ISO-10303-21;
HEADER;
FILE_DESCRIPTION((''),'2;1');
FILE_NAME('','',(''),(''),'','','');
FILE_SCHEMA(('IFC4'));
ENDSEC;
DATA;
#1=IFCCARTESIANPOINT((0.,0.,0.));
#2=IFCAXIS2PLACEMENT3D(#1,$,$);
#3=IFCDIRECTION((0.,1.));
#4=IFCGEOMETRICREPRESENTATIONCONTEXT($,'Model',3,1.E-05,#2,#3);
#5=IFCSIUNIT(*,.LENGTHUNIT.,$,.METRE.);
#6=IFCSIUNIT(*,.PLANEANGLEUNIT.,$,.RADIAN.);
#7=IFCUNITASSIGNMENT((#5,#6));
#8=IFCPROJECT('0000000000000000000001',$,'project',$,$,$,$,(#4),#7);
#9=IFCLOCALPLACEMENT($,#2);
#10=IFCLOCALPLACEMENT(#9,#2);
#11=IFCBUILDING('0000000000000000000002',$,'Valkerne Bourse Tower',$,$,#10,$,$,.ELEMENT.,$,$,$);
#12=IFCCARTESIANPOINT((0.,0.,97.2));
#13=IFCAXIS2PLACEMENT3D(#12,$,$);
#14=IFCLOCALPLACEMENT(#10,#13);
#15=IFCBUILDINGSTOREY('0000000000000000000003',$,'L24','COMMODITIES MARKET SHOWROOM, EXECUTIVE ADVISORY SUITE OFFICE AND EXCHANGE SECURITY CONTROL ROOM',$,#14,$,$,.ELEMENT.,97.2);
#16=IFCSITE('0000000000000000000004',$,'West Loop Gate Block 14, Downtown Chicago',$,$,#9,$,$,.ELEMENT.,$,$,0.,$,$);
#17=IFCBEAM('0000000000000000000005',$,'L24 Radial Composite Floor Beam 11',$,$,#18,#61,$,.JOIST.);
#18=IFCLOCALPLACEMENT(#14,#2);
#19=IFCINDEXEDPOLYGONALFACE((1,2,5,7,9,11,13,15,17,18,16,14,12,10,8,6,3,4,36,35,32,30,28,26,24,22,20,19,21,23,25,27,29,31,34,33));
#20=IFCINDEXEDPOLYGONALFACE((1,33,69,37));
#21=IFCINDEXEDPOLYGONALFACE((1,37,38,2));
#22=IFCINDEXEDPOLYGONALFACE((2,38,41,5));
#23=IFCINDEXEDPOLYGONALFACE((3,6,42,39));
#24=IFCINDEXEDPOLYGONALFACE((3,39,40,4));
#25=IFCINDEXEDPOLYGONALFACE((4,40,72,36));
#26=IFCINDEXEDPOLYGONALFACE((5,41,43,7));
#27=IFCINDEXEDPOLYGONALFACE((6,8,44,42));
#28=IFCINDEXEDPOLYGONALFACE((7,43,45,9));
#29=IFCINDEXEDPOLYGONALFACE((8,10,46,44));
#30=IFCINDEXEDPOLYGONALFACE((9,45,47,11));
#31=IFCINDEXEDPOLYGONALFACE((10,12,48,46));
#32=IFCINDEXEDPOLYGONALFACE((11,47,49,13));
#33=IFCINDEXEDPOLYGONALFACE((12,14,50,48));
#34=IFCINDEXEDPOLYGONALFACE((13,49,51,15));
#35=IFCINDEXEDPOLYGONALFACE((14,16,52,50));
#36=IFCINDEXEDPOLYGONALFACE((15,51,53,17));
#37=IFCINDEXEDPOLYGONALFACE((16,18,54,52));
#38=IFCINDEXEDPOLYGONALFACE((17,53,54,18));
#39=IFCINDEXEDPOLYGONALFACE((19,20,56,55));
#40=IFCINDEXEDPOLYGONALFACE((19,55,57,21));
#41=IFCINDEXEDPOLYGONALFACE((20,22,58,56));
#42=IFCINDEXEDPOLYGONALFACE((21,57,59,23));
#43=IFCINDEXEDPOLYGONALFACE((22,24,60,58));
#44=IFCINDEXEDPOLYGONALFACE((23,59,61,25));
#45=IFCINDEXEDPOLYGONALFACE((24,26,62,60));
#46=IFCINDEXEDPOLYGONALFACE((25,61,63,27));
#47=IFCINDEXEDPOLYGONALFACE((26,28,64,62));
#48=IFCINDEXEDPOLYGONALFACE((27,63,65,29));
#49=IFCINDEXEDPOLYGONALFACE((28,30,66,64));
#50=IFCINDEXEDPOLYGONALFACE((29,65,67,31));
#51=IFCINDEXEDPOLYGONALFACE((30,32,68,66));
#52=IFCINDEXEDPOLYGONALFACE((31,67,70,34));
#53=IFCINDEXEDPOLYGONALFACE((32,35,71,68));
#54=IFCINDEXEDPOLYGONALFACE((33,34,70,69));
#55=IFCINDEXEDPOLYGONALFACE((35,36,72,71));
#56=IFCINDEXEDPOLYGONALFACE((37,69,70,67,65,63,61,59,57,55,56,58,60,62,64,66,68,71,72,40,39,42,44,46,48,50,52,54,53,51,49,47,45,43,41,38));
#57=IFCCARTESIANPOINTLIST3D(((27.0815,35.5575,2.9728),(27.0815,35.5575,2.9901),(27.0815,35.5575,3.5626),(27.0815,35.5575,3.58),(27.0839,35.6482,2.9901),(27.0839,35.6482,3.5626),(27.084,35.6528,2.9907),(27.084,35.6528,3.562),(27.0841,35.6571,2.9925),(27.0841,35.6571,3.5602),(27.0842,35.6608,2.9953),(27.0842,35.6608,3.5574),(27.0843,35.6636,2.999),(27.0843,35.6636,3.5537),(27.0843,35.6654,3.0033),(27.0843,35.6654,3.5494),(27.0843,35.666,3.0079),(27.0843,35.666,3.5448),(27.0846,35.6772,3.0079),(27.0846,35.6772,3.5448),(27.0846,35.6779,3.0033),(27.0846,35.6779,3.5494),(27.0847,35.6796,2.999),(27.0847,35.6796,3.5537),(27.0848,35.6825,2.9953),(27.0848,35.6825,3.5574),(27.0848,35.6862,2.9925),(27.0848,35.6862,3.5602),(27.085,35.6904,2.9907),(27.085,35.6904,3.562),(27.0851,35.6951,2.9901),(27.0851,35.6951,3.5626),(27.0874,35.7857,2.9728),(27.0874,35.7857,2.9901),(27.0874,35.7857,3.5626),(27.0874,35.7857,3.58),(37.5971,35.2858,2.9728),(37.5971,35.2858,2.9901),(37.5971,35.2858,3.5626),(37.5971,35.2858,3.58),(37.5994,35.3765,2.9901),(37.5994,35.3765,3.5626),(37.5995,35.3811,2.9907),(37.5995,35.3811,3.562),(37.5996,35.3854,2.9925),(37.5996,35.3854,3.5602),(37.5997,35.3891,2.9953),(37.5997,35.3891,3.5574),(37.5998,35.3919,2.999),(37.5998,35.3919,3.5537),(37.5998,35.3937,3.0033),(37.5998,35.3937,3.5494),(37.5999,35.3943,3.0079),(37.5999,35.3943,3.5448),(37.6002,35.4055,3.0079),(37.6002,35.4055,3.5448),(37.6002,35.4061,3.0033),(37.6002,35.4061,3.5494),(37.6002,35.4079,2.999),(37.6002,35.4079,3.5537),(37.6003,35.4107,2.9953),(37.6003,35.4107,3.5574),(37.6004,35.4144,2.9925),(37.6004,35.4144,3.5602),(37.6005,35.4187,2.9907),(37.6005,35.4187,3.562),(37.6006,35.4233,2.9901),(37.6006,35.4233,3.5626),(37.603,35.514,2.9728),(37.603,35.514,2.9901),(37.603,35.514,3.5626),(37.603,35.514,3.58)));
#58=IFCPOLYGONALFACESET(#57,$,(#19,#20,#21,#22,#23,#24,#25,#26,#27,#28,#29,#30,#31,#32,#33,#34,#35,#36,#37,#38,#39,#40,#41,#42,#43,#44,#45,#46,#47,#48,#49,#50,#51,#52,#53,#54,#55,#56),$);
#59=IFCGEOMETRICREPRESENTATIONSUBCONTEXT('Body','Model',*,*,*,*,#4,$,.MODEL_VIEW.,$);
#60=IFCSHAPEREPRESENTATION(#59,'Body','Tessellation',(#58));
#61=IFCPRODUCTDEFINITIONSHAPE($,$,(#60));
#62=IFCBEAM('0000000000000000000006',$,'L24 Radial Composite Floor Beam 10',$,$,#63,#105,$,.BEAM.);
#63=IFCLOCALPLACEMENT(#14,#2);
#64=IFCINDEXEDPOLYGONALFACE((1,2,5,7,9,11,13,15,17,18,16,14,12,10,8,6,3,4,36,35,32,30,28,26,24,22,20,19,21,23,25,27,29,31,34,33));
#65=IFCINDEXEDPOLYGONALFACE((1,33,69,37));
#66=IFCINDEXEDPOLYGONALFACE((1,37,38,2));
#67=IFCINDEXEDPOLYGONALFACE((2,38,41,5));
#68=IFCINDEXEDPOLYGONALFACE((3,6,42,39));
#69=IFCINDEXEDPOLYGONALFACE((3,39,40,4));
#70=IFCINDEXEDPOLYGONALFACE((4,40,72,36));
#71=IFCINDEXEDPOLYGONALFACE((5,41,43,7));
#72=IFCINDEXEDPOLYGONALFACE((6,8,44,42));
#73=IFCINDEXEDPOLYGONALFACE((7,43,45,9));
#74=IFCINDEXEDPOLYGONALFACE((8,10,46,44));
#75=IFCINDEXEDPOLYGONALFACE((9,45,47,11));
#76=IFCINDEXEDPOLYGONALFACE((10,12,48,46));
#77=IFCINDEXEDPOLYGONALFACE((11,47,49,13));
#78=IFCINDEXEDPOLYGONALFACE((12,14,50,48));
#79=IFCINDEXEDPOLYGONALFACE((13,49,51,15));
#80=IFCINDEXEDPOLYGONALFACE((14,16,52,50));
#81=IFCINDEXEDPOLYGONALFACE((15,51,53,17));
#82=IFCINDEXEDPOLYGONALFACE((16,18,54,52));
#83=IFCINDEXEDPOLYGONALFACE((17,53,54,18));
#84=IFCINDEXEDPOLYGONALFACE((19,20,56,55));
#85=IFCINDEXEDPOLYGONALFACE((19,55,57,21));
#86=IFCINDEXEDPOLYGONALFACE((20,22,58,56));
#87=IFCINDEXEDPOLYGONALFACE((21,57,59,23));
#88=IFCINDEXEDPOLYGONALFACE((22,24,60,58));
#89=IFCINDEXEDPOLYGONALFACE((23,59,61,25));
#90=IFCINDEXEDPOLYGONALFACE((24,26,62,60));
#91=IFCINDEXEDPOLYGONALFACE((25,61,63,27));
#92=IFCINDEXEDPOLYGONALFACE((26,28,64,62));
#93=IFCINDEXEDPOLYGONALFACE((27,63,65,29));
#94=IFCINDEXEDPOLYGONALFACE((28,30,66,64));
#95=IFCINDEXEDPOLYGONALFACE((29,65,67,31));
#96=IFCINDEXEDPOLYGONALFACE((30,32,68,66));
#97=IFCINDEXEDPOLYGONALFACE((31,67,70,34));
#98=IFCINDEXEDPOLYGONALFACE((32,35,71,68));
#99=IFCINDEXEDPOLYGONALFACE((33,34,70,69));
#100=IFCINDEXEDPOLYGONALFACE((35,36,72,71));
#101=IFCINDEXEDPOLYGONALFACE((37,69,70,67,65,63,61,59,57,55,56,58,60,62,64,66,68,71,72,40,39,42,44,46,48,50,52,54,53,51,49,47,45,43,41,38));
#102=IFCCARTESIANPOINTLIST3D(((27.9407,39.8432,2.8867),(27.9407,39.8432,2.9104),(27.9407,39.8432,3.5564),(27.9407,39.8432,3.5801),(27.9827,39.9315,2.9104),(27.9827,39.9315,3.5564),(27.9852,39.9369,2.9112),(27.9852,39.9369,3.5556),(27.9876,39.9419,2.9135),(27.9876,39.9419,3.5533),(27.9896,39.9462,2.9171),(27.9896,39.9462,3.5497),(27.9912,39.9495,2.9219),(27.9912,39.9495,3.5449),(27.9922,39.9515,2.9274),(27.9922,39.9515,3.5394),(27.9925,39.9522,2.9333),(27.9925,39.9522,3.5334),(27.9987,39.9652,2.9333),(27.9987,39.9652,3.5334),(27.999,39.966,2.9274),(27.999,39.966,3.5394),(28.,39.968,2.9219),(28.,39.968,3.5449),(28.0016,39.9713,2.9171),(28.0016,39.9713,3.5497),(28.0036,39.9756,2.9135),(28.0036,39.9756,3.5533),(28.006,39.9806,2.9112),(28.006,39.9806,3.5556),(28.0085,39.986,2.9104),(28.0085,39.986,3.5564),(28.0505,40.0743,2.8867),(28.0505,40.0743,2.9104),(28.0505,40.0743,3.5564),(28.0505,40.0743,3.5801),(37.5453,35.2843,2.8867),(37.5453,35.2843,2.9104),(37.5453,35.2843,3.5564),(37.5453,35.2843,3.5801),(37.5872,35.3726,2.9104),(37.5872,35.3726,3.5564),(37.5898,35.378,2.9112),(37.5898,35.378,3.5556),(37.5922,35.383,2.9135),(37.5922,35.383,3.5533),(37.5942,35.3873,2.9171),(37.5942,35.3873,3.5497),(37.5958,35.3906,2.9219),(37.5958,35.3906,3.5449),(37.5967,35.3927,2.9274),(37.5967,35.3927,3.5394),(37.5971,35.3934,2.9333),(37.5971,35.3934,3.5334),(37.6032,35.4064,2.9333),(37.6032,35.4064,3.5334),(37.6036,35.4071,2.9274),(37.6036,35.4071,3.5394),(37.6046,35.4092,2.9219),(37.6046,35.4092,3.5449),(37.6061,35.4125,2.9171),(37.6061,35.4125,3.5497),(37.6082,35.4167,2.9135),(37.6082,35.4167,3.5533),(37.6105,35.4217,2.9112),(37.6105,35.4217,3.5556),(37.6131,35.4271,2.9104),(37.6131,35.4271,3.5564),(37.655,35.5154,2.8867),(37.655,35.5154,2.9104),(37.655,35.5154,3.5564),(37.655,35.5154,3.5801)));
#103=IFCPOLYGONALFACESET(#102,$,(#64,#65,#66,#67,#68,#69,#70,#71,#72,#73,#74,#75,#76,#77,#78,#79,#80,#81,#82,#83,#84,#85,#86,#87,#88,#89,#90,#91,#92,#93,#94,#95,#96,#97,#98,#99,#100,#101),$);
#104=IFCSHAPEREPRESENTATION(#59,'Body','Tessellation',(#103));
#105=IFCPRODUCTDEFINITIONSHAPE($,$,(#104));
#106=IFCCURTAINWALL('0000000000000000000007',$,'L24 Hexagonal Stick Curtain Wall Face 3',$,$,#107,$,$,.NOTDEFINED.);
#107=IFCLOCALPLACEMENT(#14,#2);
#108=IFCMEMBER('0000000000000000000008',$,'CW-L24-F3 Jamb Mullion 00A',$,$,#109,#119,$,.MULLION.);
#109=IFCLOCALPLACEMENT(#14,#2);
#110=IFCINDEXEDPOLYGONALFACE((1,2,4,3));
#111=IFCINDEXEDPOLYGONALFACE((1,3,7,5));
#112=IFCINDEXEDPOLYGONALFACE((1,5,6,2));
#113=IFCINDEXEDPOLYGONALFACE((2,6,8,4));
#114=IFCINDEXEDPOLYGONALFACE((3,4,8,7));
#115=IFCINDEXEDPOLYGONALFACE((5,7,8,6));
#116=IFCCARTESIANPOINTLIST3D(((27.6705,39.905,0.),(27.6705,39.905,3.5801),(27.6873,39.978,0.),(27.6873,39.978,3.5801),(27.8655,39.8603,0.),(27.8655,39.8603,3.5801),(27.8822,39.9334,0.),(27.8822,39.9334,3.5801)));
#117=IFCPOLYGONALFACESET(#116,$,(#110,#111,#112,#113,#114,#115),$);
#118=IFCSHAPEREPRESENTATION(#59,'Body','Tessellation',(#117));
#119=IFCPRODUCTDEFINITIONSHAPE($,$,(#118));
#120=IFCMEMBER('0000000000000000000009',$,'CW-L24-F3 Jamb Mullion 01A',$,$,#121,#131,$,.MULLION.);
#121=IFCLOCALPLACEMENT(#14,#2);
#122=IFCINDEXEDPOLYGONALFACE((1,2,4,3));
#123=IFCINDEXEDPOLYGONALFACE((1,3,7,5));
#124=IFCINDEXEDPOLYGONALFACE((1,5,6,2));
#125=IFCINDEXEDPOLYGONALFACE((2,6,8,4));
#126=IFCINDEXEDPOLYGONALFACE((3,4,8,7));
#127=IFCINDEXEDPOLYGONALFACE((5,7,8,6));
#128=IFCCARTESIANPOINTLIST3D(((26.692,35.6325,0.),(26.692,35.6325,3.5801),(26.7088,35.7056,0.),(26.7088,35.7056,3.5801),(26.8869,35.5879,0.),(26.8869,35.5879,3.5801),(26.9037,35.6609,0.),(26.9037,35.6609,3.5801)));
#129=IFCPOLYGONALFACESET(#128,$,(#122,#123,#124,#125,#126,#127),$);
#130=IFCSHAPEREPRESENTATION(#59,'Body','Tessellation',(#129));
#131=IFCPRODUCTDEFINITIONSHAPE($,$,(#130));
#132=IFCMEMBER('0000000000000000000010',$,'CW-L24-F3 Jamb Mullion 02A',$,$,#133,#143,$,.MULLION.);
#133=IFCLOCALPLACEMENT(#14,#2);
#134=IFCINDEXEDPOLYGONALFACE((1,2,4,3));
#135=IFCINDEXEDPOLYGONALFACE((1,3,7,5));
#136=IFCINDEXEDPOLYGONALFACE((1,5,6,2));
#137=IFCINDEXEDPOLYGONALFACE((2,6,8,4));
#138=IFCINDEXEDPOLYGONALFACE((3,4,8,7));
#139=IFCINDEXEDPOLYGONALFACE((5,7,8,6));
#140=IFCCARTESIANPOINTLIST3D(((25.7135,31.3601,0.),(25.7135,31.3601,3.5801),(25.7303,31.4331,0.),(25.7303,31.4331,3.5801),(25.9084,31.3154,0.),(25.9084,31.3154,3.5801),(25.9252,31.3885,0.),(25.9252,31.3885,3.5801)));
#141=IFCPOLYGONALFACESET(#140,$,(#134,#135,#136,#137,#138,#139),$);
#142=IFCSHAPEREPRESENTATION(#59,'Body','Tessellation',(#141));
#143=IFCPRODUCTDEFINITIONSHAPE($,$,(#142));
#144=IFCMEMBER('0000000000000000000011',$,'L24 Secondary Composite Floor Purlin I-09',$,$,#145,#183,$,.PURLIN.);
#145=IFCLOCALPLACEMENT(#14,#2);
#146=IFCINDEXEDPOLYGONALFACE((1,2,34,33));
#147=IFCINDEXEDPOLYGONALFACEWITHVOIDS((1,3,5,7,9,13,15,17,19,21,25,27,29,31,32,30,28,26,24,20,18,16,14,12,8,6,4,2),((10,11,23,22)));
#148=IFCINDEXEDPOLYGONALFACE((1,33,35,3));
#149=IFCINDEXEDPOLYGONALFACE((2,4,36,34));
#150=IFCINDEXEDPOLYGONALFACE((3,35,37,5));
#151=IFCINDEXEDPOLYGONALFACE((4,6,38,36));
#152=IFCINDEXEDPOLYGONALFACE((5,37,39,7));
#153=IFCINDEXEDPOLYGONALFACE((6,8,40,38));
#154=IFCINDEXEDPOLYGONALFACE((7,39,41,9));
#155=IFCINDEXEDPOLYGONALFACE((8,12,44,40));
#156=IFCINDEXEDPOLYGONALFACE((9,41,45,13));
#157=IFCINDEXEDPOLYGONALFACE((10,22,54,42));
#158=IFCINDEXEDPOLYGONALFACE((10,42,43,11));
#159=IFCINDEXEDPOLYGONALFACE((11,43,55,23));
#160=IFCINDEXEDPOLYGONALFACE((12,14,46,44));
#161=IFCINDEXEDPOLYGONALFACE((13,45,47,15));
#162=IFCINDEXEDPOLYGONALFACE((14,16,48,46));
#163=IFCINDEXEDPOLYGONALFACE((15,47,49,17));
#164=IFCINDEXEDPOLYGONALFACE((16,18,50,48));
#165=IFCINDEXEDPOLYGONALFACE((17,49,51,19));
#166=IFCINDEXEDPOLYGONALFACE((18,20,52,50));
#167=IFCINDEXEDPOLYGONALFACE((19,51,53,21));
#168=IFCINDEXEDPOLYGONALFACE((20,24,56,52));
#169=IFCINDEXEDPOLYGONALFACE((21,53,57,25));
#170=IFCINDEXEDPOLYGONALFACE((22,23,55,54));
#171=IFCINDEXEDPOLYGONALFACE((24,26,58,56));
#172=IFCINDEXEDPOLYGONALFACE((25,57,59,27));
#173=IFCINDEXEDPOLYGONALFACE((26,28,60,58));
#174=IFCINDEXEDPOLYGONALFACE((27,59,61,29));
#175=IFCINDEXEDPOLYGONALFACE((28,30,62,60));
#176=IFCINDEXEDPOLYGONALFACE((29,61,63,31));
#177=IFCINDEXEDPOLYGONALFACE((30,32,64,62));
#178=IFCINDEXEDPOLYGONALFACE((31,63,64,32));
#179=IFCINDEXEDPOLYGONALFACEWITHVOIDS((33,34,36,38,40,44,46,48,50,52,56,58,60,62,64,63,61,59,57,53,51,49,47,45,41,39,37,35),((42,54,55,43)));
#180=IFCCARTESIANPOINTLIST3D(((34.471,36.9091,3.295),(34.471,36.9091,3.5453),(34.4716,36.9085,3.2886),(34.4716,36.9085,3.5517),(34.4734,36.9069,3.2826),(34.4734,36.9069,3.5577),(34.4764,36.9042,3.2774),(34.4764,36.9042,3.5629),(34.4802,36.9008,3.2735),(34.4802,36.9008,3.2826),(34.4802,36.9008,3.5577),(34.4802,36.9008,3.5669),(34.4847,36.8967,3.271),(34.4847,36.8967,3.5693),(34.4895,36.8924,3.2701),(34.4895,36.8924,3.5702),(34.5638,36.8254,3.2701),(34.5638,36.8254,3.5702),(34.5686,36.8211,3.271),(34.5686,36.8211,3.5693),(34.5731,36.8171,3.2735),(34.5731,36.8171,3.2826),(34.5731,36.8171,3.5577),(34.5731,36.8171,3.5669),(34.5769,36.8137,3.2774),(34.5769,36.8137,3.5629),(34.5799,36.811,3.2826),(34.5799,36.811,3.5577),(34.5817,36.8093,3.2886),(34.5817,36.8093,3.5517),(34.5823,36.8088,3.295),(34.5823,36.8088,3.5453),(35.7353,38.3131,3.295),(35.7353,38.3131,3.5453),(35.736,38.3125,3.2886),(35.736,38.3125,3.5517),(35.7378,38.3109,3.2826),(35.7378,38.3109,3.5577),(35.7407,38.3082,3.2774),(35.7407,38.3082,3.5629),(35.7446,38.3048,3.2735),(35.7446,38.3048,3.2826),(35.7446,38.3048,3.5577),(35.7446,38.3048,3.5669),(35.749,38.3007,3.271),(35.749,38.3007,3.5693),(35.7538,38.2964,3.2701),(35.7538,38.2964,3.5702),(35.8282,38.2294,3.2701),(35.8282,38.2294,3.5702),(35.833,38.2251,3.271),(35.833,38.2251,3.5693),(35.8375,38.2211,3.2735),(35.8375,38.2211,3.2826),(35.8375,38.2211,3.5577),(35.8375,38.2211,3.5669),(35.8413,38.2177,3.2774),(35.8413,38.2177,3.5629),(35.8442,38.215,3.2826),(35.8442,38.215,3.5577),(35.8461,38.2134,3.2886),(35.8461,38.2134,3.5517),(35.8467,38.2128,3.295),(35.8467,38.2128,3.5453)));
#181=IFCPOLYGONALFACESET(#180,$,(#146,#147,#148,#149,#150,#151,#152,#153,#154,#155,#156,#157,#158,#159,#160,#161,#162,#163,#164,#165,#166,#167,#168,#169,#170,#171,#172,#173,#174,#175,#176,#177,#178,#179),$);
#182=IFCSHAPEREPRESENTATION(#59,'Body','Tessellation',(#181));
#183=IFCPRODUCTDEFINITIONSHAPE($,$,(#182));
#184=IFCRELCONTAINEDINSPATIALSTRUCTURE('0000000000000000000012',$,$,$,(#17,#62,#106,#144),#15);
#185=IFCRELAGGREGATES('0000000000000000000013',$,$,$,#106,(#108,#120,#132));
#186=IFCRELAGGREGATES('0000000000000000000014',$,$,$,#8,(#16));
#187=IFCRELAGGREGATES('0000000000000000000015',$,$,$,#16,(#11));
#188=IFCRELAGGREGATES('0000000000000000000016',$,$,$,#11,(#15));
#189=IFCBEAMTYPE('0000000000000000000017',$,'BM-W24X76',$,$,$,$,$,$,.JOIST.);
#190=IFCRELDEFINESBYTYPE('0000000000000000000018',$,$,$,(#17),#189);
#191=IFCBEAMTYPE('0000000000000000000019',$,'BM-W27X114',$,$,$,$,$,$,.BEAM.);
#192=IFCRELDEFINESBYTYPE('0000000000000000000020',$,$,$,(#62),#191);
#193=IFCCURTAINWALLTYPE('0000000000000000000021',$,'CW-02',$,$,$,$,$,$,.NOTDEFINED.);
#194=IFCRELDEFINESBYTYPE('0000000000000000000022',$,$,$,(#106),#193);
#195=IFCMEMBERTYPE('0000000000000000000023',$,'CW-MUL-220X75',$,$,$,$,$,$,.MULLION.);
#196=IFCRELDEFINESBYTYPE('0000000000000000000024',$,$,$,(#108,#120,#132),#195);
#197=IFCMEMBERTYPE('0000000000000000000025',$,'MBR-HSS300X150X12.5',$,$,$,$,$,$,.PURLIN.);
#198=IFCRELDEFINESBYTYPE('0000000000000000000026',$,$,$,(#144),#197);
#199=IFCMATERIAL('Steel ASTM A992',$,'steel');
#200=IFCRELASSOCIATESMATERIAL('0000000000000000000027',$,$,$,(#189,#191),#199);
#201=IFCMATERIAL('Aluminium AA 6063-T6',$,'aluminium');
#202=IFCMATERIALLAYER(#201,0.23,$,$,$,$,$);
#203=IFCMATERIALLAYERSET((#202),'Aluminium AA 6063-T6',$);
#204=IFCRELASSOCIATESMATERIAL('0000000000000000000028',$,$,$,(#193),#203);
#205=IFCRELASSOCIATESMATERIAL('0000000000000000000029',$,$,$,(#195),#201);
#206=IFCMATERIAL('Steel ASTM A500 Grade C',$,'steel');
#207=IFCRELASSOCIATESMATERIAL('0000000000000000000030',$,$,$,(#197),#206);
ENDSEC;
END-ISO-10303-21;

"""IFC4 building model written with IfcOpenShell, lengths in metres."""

from ifc_helpers import new_model, si_unit, direction, frame, origin, origin_2d, place, context, subcontext, project, spatial, rectangle, hollow_rectangle, i_section, extrude, material, layer, layer_set, material_profile, profile_set, type_object, element, aggregate, save


model = new_model("IFC4")

# Units and contexts
model_context = context("Model", 3, precision=1e-05, world=origin(), true_north=direction((0.0, 1.0)))
body_context = subcontext(model_context, "Body", "Model", "MODEL_VIEW")
ifc_project = project(units=[si_unit("LENGTHUNIT", "METRE"), si_unit("PLANEANGLEUNIT", "RADIAN")], contexts=[model_context])

# Site, building, storey
site_placement = place(None, origin())
site = spatial("IfcSite", under=ifc_project, at=site_placement, Name="West Loop Gate Block 14, Downtown Chicago", CompositionType="ELEMENT", RefElevation=0.0)
building_placement = place(site_placement, origin())
building = spatial("IfcBuilding", under=site, at=building_placement, Name="Valkerne Bourse Tower", CompositionType="ELEMENT")
storey_placement = place(building_placement, frame((0.0, 0.0, 97.2)))
storey = spatial("IfcBuildingStorey", under=building, at=storey_placement, Name="L24", Description="COMMODITIES MARKET SHOWROOM, EXECUTIVE ADVISORY SUITE OFFICE AND EXCHANGE SECURITY CONTROL ROOM", CompositionType="ELEMENT", Elevation=97.2)

# Beams
ifc_material_1 = material(Name="Steel ASTM A992", Category="steel")
ifc_material_profile_1 = material_profile(ifc_material_1, i_section(OverallWidth=0.2283, OverallDepth=0.6072, WebThickness=0.0112, FlangeThickness=0.0173, FilletRadius=0.0178, at=origin_2d()), Name="W24X76")
ifc_profile_set_1 = profile_set([ifc_material_profile_1], Name="Steel ASTM A992")
beam_type_1 = type_object("IfcBeamType", Name="BM-W24X76", PredefinedType="JOIST", material=ifc_profile_set_1)
beam_1_placement = place(storey_placement, frame((27.0845, 35.6716, 3.2764), z_axis=(0.999666, -0.025832, 0.0), x_axis=(0.025832, 0.999666, 0.0)))
element("IfcBeam", 1, at=beam_1_placement, inside=storey, type_object=beam_type_1, Name="L24 Radial Composite Floor Beam 11", PredefinedType="JOIST", context=body_context, shape_type="SweptSolid", body=[
    extrude(i_section(OverallWidth=0.2283, OverallDepth=0.6072, WebThickness=0.0112, FlangeThickness=0.0173, FilletRadius=0.0178, at=origin_2d()), origin(), (0.0, 0.0, 1.0), 10.519),
])
ifc_material_profile_2 = material_profile(ifc_material_1, i_section(OverallWidth=0.2559, OverallDepth=0.6934, WebThickness=0.0144, FlangeThickness=0.0237, FilletRadius=0.0229, at=origin_2d()), Name="W27X114")
ifc_profile_set_2 = profile_set([ifc_material_profile_2], Name="Steel ASTM A992")
beam_type_2 = type_object("IfcBeamType", Name="BM-W27X114", PredefinedType="BEAM", material=ifc_profile_set_2)
beam_2_placement = place(storey_placement, frame((27.9956, 39.9587, 3.2334), z_axis=(0.903398, -0.428804, 0.0), x_axis=(0.428804, 0.903398, 0.0)))
element("IfcBeam", 2, at=beam_2_placement, inside=storey, type_object=beam_type_2, Name="L24 Radial Composite Floor Beam 10", PredefinedType="BEAM", context=body_context, shape_type="SweptSolid", body=[
    extrude(i_section(OverallWidth=0.2559, OverallDepth=0.6934, WebThickness=0.0144, FlangeThickness=0.0237, FilletRadius=0.0229, at=origin_2d()), origin(), (0.0, 0.0, 1.0), 10.6316),
])

# Curtain wall, members
ifc_material_2 = material(Name="Aluminium AA 6063-T6", Category="aluminium")
ifc_layer_1 = layer(ifc_material_2, 0.23)
ifc_layer_set_1 = layer_set([ifc_layer_1], Name="Aluminium AA 6063-T6")
curtain_wall_type = type_object("IfcCurtainWallType", Name="CW-02", PredefinedType="NOTDEFINED", material=ifc_layer_set_1)
curtain_wall_placement = place(storey_placement, origin())
curtain_wall = element("IfcCurtainWall", 3, at=curtain_wall_placement, inside=storey, type_object=curtain_wall_type, Name="L24 Hexagonal Stick Curtain Wall Face 3", PredefinedType="NOTDEFINED")
ifc_material_profile_3 = material_profile(ifc_material_2, rectangle(XDim=0.075, YDim=0.2, at=origin_2d()), Name="CWM-75X200")
ifc_profile_set_3 = profile_set([ifc_material_profile_3], Name="Aluminium AA 6063-T6")
member_type_1 = type_object("IfcMemberType", Name="CW-MUL-220X75", PredefinedType="MULLION", material=ifc_profile_set_3)
member_1_placement = place(storey_placement, frame((27.7764, 39.9192, 0.0), z_axis=(0.0, 0.0, 1.0), x_axis=(-0.223248, -0.974762, 0.0)))
member_1 = element("IfcMember", 4, at=member_1_placement, type_object=member_type_1, Name="CW-L24-F3 Jamb Mullion 00A", PredefinedType="MULLION", context=body_context, shape_type="SweptSolid", body=[
    extrude(rectangle(XDim=0.075, YDim=0.2, at=origin_2d()), origin(), (0.0, 0.0, 1.0), 3.5801),
])
member_2_placement = place(storey_placement, frame((26.7979, 35.6467, 0.0), z_axis=(0.0, 0.0, 1.0), x_axis=(-0.223248, -0.974762, 0.0)))
member_2 = element("IfcMember", 5, at=member_2_placement, type_object=member_type_1, Name="CW-L24-F3 Jamb Mullion 01A", PredefinedType="MULLION", context=body_context, shape_type="SweptSolid", body=[
    extrude(rectangle(XDim=0.075, YDim=0.2, at=origin_2d()), origin(), (0.0, 0.0, 1.0), 3.5801),
])
member_3_placement = place(storey_placement, frame((25.8193, 31.3743, 0.0), z_axis=(0.0, 0.0, 1.0), x_axis=(-0.223253, -0.974761, 0.0)))
member_3 = element("IfcMember", 6, at=member_3_placement, type_object=member_type_1, Name="CW-L24-F3 Jamb Mullion 02A", PredefinedType="MULLION", context=body_context, shape_type="SweptSolid", body=[
    extrude(rectangle(XDim=0.075, YDim=0.2, at=origin_2d()), origin(), (0.0, 0.0, 1.0), 3.5801),
])

# Member
ifc_material_3 = material(Name="Steel ASTM A500 Grade C", Category="steel")
ifc_material_profile_4 = material_profile(ifc_material_3, hollow_rectangle(XDim=0.1499, YDim=0.3, WallThickness=0.0125, OuterFilletRadius=0.0249, at=origin_2d()), Name="HSS300X150X12.5")
ifc_profile_set_4 = profile_set([ifc_material_profile_4], Name="Steel ASTM A500 Grade C")
member_type_2 = type_object("IfcMemberType", Name="MBR-HSS300X150X12.5", PredefinedType="PURLIN", material=ifc_profile_set_4)
member_4_placement = place(storey_placement, frame((35.791, 38.2629, 3.4202), z_axis=(-0.669186, -0.743095, 0.0), x_axis=(0.743095, -0.669186, 0.0)))
element("IfcMember", 7, at=member_4_placement, inside=storey, type_object=member_type_2, Name="L24 Secondary Composite Floor Purlin I-09", PredefinedType="PURLIN", context=body_context, shape_type="SweptSolid", body=[
    extrude(hollow_rectangle(XDim=0.1499, YDim=0.3, WallThickness=0.0125, OuterFilletRadius=0.0249, at=origin_2d()), origin(), (0.0, 0.0, 1.0), 1.8894),
])

aggregate(curtain_wall, [member_1, member_2, member_3])

save(model, "model.ifc")
